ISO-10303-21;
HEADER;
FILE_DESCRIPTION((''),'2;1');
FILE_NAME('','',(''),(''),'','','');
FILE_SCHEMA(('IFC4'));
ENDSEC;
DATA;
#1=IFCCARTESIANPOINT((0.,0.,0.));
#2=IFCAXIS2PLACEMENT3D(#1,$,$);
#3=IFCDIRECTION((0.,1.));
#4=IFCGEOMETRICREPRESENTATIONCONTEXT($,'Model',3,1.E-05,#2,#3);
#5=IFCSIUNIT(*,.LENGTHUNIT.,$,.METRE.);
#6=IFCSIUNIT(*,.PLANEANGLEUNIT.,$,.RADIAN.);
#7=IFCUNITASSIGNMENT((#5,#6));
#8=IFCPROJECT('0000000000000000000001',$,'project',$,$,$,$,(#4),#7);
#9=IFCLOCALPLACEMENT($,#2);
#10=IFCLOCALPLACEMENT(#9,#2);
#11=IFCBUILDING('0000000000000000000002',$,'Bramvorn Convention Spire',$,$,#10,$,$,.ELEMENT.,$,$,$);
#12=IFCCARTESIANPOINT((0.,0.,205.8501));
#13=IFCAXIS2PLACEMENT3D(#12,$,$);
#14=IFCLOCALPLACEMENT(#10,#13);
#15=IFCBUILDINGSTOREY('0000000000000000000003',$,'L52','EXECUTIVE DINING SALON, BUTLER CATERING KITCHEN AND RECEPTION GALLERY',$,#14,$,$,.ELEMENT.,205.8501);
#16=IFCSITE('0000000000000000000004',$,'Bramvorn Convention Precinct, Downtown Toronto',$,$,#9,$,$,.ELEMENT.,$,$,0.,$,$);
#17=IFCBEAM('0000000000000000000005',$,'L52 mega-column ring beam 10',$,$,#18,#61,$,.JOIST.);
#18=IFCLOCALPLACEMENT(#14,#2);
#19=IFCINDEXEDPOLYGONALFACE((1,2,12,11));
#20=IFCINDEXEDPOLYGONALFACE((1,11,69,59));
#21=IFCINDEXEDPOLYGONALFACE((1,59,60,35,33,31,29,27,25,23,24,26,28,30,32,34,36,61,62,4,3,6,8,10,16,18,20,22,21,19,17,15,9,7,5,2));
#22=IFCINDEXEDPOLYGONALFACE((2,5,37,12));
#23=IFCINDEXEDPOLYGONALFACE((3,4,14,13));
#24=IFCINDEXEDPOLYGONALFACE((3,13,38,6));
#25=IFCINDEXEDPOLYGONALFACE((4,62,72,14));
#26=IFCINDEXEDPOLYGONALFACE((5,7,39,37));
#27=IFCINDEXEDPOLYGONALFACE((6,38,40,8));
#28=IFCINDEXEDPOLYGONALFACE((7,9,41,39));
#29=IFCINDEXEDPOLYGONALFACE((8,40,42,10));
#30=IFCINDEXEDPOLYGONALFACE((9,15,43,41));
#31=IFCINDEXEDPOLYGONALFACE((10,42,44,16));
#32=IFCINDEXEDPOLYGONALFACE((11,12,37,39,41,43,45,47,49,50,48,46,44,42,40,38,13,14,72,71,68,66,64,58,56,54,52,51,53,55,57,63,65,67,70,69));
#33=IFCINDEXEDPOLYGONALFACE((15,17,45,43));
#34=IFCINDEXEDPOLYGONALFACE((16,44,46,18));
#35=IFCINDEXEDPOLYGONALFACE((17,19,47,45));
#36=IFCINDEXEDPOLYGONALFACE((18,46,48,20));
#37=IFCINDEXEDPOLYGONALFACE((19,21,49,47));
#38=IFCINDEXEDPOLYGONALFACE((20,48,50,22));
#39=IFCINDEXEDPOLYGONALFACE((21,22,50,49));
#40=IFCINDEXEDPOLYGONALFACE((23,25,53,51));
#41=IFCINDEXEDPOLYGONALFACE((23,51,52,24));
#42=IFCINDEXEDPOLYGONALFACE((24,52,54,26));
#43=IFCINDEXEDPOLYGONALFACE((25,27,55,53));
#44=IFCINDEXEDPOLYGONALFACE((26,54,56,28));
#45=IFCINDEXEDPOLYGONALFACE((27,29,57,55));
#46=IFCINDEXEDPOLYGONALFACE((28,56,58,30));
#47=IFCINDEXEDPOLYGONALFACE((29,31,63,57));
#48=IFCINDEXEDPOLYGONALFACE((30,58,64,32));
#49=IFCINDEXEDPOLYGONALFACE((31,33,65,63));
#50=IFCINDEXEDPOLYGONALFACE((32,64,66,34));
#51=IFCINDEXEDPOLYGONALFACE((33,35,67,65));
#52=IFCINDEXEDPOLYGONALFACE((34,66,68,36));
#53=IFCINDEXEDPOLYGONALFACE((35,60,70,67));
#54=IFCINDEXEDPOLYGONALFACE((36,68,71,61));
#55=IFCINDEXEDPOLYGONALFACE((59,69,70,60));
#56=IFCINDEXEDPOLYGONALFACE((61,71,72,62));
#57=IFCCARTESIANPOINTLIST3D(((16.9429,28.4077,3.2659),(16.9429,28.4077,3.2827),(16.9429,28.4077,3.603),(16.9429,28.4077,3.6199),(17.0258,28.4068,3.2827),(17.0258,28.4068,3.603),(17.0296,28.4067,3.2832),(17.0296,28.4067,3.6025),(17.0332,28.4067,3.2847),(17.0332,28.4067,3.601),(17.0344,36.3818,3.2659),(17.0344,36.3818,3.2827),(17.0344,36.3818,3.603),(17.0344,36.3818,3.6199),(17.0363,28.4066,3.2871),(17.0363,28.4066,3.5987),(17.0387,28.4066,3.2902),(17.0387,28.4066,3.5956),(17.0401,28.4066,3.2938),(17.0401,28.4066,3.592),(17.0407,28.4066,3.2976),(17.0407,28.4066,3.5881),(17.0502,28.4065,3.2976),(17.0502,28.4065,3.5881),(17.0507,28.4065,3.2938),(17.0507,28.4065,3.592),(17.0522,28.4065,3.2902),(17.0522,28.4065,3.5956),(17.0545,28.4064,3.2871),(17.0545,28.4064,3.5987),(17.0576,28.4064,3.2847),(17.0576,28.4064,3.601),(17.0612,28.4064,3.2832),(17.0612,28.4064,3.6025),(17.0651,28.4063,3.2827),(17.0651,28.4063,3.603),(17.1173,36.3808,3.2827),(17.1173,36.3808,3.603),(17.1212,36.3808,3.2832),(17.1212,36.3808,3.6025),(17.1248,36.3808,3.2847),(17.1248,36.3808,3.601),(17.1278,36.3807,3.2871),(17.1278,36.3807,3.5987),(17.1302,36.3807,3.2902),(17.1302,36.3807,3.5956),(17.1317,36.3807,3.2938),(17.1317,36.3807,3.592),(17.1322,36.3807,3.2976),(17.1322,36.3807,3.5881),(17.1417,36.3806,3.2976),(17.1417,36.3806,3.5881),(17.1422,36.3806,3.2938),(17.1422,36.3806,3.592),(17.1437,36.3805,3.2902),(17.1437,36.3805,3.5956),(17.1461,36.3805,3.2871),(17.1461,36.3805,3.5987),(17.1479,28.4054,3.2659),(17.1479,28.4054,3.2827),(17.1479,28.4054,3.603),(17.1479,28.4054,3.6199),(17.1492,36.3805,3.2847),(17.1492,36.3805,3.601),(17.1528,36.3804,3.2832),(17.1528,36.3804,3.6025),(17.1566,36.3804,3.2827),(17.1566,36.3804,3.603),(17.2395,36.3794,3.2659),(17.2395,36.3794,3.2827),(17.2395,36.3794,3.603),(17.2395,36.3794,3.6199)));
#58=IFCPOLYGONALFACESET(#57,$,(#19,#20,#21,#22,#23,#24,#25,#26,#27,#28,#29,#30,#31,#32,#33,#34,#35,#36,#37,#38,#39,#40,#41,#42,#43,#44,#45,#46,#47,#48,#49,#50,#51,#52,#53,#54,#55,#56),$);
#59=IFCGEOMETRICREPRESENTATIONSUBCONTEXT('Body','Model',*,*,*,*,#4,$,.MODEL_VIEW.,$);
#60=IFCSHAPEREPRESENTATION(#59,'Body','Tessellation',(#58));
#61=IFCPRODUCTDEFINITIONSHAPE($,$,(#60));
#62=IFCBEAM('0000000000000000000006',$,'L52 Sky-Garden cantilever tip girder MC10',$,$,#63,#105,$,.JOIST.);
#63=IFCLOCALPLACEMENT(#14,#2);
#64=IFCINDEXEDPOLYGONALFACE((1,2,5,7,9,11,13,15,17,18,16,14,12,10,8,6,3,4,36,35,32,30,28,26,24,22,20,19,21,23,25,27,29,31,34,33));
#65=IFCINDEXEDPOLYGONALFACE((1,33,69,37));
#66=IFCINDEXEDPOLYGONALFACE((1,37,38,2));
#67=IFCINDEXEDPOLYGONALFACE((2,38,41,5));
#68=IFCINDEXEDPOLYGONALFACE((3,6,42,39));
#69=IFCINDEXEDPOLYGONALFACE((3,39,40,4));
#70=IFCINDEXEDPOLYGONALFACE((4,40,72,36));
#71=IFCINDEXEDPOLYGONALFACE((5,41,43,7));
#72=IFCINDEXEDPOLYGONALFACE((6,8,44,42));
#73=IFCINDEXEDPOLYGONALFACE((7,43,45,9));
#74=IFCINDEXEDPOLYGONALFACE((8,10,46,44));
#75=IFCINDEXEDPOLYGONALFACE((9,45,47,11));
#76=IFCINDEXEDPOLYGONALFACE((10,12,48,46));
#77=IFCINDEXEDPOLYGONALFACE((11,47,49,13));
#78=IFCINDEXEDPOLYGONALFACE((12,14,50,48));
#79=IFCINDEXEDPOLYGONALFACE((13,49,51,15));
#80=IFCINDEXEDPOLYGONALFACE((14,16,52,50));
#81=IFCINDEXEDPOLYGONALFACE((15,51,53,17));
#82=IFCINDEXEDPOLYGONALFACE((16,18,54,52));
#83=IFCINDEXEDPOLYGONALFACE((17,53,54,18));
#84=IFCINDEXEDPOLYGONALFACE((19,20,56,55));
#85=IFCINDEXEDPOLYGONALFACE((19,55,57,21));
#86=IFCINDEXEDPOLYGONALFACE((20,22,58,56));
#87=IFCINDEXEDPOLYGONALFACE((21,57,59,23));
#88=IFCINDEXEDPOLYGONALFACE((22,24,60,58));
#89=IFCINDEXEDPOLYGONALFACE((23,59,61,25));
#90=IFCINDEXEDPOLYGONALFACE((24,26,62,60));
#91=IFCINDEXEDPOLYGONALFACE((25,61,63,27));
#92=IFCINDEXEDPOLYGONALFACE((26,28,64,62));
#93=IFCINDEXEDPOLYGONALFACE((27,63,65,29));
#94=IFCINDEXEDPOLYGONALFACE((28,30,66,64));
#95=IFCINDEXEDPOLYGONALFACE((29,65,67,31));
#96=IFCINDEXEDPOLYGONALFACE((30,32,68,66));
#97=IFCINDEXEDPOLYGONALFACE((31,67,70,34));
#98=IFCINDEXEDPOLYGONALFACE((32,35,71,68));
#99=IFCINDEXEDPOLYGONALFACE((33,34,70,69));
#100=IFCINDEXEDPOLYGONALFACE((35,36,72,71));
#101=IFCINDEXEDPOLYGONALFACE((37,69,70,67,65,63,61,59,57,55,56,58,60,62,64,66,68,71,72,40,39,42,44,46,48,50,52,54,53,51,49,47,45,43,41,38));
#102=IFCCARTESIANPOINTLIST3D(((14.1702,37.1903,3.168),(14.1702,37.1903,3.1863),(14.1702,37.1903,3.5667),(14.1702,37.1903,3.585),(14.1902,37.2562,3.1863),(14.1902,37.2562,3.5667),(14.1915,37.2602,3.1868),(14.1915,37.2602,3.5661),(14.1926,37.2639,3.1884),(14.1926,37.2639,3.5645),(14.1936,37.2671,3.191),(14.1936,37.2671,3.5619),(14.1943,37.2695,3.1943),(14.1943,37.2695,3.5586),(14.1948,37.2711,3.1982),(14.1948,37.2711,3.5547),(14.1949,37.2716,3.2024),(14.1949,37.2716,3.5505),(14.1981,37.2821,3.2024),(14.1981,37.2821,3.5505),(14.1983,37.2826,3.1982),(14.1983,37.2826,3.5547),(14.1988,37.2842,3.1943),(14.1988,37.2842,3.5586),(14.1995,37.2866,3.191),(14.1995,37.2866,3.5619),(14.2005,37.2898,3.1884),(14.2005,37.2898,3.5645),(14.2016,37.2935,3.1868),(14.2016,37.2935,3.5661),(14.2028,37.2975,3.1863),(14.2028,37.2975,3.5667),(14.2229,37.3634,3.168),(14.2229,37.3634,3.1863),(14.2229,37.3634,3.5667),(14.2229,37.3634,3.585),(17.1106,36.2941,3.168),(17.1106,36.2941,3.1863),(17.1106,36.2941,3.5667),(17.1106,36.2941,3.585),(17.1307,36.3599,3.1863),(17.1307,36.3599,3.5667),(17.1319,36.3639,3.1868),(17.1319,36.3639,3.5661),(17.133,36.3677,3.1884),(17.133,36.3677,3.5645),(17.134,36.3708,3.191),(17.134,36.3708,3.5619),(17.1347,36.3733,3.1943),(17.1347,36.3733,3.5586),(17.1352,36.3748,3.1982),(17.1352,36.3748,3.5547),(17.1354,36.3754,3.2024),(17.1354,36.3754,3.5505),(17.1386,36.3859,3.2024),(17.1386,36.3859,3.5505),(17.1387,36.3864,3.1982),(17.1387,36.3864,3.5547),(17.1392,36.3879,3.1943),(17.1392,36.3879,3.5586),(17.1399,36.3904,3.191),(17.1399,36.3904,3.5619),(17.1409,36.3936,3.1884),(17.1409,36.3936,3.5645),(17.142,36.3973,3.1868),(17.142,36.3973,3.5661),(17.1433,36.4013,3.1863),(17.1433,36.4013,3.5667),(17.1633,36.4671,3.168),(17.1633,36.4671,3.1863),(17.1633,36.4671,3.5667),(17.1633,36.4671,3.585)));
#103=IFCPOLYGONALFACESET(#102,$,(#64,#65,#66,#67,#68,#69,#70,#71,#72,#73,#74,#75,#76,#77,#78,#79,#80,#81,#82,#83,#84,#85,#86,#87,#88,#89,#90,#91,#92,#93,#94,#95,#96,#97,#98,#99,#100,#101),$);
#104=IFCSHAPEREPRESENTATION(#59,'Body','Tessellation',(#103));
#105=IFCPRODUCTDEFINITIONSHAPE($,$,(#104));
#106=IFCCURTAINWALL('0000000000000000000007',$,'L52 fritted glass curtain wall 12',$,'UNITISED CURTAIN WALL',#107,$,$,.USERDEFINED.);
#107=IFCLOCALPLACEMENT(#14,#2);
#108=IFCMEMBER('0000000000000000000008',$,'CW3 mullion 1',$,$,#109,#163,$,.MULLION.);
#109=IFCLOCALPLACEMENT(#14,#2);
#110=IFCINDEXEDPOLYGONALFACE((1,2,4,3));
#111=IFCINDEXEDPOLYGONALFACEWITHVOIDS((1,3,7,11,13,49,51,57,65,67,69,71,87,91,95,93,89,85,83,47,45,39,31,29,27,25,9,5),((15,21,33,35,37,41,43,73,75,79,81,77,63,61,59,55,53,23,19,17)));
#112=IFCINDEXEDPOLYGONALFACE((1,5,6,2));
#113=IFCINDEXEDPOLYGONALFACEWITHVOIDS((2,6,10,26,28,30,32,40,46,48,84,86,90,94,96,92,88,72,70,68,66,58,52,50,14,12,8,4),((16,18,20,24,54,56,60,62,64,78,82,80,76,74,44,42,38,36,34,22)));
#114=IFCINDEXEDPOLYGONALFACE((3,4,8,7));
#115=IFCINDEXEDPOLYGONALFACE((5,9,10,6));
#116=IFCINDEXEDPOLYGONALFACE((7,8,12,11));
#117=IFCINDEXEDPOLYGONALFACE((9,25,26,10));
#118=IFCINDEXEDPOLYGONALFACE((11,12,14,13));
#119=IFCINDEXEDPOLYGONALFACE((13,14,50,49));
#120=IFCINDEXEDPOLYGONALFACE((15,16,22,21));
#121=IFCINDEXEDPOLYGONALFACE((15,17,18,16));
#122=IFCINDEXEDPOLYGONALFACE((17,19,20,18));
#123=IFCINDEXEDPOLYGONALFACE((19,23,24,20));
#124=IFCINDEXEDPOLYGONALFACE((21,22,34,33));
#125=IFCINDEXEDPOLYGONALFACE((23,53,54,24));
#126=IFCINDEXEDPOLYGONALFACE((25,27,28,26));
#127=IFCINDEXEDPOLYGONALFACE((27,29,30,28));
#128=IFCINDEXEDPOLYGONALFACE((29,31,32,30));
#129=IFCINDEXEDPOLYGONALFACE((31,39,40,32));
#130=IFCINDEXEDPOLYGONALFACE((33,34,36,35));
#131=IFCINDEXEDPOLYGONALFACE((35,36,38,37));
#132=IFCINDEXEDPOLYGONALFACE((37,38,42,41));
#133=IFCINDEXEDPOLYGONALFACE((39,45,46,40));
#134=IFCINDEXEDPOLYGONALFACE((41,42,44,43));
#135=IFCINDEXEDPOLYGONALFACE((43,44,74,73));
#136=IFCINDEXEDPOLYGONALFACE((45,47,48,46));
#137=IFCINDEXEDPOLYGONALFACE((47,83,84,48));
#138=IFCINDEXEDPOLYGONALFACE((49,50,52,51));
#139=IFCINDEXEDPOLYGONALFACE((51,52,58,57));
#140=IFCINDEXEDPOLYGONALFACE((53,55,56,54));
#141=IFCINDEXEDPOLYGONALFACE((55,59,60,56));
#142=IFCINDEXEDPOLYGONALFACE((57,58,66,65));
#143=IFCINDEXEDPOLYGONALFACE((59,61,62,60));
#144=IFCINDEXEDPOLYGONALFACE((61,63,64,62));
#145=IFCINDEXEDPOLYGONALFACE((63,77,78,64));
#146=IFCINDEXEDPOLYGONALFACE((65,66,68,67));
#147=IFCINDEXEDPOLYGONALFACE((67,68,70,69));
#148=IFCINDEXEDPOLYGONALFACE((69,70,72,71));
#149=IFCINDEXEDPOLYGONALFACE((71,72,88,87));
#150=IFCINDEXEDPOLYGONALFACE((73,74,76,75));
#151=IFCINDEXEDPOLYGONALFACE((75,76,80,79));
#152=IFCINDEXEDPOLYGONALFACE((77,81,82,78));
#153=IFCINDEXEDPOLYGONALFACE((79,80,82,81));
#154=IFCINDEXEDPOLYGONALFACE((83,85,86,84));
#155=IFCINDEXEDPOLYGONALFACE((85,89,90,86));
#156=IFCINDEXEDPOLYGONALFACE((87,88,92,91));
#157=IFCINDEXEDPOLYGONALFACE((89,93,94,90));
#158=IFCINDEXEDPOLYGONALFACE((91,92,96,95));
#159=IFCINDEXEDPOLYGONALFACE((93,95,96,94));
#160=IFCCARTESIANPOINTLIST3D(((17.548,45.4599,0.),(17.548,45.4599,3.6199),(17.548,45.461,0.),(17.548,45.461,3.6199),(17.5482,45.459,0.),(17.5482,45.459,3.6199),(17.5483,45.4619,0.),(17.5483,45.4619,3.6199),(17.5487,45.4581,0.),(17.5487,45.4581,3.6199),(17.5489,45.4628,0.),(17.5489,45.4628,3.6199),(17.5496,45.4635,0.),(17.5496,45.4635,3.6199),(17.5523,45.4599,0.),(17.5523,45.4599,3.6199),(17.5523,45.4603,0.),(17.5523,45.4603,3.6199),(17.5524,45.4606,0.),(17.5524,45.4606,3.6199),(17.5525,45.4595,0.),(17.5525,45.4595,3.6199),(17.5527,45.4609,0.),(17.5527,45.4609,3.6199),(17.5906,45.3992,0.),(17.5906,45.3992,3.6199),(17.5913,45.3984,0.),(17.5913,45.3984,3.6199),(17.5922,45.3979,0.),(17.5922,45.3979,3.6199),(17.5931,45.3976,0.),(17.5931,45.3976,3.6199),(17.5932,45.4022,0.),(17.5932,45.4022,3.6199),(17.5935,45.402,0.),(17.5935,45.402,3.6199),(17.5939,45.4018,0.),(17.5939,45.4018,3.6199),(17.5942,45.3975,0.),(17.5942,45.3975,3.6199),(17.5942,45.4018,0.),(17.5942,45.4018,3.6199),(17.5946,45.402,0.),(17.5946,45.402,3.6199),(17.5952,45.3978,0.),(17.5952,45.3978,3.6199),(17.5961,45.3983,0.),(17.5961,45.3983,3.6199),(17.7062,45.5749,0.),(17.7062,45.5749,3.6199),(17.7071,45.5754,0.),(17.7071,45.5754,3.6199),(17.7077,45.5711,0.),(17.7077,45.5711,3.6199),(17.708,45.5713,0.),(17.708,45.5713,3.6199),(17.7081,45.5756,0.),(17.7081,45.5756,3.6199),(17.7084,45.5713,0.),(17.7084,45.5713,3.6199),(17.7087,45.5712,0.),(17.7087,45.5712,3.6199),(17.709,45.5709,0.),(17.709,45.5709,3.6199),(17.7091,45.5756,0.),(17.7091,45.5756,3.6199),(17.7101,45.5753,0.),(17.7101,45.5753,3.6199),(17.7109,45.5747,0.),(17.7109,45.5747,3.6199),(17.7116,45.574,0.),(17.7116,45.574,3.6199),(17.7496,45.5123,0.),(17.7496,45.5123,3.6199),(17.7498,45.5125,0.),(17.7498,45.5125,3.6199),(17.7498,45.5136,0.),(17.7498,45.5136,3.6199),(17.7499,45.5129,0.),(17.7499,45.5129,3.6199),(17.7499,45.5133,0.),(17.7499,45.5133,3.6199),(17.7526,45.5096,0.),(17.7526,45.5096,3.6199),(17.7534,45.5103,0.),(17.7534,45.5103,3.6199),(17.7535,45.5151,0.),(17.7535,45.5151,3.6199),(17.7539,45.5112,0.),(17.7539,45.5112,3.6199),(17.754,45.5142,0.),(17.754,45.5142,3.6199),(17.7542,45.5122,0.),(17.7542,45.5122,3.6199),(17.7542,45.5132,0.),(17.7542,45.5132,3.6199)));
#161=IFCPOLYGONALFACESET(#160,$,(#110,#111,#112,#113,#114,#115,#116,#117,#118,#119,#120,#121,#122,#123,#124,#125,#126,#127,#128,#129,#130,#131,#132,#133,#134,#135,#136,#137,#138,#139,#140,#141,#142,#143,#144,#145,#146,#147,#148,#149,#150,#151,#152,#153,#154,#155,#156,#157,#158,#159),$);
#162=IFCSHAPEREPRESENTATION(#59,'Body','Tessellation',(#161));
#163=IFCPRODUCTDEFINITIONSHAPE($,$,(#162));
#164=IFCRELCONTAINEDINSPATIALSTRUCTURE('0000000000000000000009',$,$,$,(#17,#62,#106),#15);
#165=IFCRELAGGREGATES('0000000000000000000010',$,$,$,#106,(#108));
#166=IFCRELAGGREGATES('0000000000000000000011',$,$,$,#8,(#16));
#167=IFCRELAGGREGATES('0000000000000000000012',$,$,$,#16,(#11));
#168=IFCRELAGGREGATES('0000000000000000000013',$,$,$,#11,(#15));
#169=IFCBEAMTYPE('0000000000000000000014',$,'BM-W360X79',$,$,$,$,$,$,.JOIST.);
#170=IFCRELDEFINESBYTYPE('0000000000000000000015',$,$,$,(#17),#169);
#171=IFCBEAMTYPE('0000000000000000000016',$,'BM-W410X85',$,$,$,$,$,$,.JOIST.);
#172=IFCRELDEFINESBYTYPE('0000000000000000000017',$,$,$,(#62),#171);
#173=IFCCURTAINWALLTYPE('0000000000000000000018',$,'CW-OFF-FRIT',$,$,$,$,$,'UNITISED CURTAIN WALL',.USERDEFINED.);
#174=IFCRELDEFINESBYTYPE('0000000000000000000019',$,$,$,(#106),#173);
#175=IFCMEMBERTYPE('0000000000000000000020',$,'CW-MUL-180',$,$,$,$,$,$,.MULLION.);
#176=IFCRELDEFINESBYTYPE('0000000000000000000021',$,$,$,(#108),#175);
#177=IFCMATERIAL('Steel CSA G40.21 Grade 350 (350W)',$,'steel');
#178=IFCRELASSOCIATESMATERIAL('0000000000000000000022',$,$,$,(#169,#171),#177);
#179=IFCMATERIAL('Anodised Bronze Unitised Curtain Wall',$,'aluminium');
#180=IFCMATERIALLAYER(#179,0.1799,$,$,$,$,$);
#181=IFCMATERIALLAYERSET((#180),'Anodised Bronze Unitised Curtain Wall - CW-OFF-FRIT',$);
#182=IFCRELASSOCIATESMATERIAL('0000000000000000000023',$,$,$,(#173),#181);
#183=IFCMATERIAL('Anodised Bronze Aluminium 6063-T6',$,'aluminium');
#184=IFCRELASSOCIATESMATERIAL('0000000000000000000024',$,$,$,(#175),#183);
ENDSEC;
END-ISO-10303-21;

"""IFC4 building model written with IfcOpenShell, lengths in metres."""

from ifc_helpers import new_model, si_unit, direction, frame, origin, origin_2d, place, context, subcontext, project, spatial, hollow_rectangle, i_section, extrude, material, layer, layer_set, material_profile, profile_set, type_object, element, aggregate, save


model = new_model("IFC4")

# Units and contexts
model_context = context("Model", 3, precision=1e-05, world=origin(), true_north=direction((0.0, 1.0)))
body_context = subcontext(model_context, "Body", "Model", "MODEL_VIEW")
ifc_project = project(units=[si_unit("LENGTHUNIT", "METRE"), si_unit("PLANEANGLEUNIT", "RADIAN")], contexts=[model_context])

# Site, building, storey
site_placement = place(None, origin())
site = spatial("IfcSite", under=ifc_project, at=site_placement, Name="Bramvorn Convention Precinct, Downtown Toronto", CompositionType="ELEMENT", RefElevation=0.0)
building_placement = place(site_placement, origin())
building = spatial("IfcBuilding", under=site, at=building_placement, Name="Bramvorn Convention Spire", CompositionType="ELEMENT")
storey_placement = place(building_placement, frame((0.0, 0.0, 205.8501)))
storey = spatial("IfcBuildingStorey", under=building, at=storey_placement, Name="L52", Description="EXECUTIVE DINING SALON, BUTLER CATERING KITCHEN AND RECEPTION GALLERY", CompositionType="ELEMENT", Elevation=205.8501)

# Shared definitions
ifc_material_1 = material(Name="Steel CSA G40.21 Grade 350 (350W)", Category="steel")

# Beams
ifc_material_profile_1 = material_profile(ifc_material_1, i_section(OverallWidth=0.2051, OverallDepth=0.354, WebThickness=0.0095, FlangeThickness=0.0168, FilletRadius=0.0149, at=origin_2d()))
ifc_profile_set_1 = profile_set([ifc_material_profile_1], Name="Steel CSA G40.21 Grade 350 (350W) - W360X79")
beam_type_1 = type_object("IfcBeamType", Name="BM-W360X79", PredefinedType="JOIST", material=ifc_profile_set_1)
beam_1_placement = place(storey_placement, frame((17.137, 36.3806, 3.4429), z_axis=(-0.01148, -0.999934, 0.0), x_axis=(0.999934, -0.01148, 0.0)))
element("IfcBeam", 1, at=beam_1_placement, inside=storey, type_object=beam_type_1, Name="L52 mega-column ring beam 10", PredefinedType="JOIST", context=body_context, shape_type="SweptSolid", body=[
    extrude(i_section(OverallWidth=0.2051, OverallDepth=0.354, WebThickness=0.0095, FlangeThickness=0.0168, FilletRadius=0.0149, at=origin_2d()), origin(), (0.0, 0.0, 1.0), 7.9746),
])
ifc_material_profile_2 = material_profile(ifc_material_1, i_section(OverallWidth=0.1809, OverallDepth=0.417, WebThickness=0.011, FlangeThickness=0.0183, FilletRadius=0.0161, at=origin_2d()))
ifc_profile_set_2 = profile_set([ifc_material_profile_2], Name="Steel CSA G40.21 Grade 350 (350W) - W410X85")
beam_type_2 = type_object("IfcBeamType", Name="BM-W410X85", PredefinedType="JOIST", material=ifc_profile_set_2)
beam_2_placement = place(storey_placement, frame((17.137, 36.3806, 3.3765), z_axis=(-0.956554, 0.291557, 0.0), x_axis=(-0.291557, -0.956554, 0.0)))
element("IfcBeam", 2, at=beam_2_placement, inside=storey, type_object=beam_type_2, Name="L52 Sky-Garden cantilever tip girder MC10", PredefinedType="JOIST", context=body_context, shape_type="SweptSolid", body=[
    extrude(i_section(OverallWidth=0.1809, OverallDepth=0.417, WebThickness=0.011, FlangeThickness=0.0183, FilletRadius=0.0161, at=origin_2d()), origin(), (0.0, 0.0, 1.0), 3.074),
])

# Curtain wall, member
ifc_material_2 = material(Name="Anodised Bronze Unitised Curtain Wall", Category="aluminium")
ifc_layer_1 = layer(ifc_material_2, 0.1799)
ifc_layer_set_1 = layer_set([ifc_layer_1], Name="Anodised Bronze Unitised Curtain Wall - CW-OFF-FRIT")
curtain_wall_type = type_object("IfcCurtainWallType", Name="CW-OFF-FRIT", ElementType="UNITISED CURTAIN WALL", PredefinedType="USERDEFINED", material=ifc_layer_set_1)
curtain_wall_1_placement = place(storey_placement, origin())
curtain_wall_1 = element("IfcCurtainWall", 3, at=curtain_wall_1_placement, inside=storey, type_object=curtain_wall_type, Name="L52 fritted glass curtain wall 12", ObjectType="UNITISED CURTAIN WALL", PredefinedType="USERDEFINED")
ifc_material_3 = material(Name="Anodised Bronze Aluminium 6063-T6", Category="aluminium")
ifc_material_profile_3 = material_profile(ifc_material_3, hollow_rectangle(XDim=0.0801, YDim=0.2, WallThickness=0.0039, InnerFilletRadius=0.001, OuterFilletRadius=0.0039, at=origin_2d()))
ifc_profile_set_3 = profile_set([ifc_material_profile_3], Name="Anodised Bronze Aluminium 6063-T6 - CWM80X200")
member_type_1 = type_object("IfcMemberType", Name="CW-MUL-180", PredefinedType="MULLION", material=ifc_profile_set_3)
member_1_placement = place(storey_placement, frame((17.6511, 45.4866, 0.0), z_axis=(0.0, 0.0, 1.0), x_axis=(-0.579744, 0.814799, 0.0)))
member_1 = element("IfcMember", 4, at=member_1_placement, type_object=member_type_1, Name="CW3 mullion 1", PredefinedType="MULLION", context=body_context, shape_type="SweptSolid", body=[
    extrude(hollow_rectangle(XDim=0.0801, YDim=0.2, WallThickness=0.0039, InnerFilletRadius=0.001, OuterFilletRadius=0.0039, at=origin_2d()), origin(), (0.0, 0.0, 1.0), 3.6199),
])

aggregate(curtain_wall_1, [member_1])

save(model, "model.ifc")
